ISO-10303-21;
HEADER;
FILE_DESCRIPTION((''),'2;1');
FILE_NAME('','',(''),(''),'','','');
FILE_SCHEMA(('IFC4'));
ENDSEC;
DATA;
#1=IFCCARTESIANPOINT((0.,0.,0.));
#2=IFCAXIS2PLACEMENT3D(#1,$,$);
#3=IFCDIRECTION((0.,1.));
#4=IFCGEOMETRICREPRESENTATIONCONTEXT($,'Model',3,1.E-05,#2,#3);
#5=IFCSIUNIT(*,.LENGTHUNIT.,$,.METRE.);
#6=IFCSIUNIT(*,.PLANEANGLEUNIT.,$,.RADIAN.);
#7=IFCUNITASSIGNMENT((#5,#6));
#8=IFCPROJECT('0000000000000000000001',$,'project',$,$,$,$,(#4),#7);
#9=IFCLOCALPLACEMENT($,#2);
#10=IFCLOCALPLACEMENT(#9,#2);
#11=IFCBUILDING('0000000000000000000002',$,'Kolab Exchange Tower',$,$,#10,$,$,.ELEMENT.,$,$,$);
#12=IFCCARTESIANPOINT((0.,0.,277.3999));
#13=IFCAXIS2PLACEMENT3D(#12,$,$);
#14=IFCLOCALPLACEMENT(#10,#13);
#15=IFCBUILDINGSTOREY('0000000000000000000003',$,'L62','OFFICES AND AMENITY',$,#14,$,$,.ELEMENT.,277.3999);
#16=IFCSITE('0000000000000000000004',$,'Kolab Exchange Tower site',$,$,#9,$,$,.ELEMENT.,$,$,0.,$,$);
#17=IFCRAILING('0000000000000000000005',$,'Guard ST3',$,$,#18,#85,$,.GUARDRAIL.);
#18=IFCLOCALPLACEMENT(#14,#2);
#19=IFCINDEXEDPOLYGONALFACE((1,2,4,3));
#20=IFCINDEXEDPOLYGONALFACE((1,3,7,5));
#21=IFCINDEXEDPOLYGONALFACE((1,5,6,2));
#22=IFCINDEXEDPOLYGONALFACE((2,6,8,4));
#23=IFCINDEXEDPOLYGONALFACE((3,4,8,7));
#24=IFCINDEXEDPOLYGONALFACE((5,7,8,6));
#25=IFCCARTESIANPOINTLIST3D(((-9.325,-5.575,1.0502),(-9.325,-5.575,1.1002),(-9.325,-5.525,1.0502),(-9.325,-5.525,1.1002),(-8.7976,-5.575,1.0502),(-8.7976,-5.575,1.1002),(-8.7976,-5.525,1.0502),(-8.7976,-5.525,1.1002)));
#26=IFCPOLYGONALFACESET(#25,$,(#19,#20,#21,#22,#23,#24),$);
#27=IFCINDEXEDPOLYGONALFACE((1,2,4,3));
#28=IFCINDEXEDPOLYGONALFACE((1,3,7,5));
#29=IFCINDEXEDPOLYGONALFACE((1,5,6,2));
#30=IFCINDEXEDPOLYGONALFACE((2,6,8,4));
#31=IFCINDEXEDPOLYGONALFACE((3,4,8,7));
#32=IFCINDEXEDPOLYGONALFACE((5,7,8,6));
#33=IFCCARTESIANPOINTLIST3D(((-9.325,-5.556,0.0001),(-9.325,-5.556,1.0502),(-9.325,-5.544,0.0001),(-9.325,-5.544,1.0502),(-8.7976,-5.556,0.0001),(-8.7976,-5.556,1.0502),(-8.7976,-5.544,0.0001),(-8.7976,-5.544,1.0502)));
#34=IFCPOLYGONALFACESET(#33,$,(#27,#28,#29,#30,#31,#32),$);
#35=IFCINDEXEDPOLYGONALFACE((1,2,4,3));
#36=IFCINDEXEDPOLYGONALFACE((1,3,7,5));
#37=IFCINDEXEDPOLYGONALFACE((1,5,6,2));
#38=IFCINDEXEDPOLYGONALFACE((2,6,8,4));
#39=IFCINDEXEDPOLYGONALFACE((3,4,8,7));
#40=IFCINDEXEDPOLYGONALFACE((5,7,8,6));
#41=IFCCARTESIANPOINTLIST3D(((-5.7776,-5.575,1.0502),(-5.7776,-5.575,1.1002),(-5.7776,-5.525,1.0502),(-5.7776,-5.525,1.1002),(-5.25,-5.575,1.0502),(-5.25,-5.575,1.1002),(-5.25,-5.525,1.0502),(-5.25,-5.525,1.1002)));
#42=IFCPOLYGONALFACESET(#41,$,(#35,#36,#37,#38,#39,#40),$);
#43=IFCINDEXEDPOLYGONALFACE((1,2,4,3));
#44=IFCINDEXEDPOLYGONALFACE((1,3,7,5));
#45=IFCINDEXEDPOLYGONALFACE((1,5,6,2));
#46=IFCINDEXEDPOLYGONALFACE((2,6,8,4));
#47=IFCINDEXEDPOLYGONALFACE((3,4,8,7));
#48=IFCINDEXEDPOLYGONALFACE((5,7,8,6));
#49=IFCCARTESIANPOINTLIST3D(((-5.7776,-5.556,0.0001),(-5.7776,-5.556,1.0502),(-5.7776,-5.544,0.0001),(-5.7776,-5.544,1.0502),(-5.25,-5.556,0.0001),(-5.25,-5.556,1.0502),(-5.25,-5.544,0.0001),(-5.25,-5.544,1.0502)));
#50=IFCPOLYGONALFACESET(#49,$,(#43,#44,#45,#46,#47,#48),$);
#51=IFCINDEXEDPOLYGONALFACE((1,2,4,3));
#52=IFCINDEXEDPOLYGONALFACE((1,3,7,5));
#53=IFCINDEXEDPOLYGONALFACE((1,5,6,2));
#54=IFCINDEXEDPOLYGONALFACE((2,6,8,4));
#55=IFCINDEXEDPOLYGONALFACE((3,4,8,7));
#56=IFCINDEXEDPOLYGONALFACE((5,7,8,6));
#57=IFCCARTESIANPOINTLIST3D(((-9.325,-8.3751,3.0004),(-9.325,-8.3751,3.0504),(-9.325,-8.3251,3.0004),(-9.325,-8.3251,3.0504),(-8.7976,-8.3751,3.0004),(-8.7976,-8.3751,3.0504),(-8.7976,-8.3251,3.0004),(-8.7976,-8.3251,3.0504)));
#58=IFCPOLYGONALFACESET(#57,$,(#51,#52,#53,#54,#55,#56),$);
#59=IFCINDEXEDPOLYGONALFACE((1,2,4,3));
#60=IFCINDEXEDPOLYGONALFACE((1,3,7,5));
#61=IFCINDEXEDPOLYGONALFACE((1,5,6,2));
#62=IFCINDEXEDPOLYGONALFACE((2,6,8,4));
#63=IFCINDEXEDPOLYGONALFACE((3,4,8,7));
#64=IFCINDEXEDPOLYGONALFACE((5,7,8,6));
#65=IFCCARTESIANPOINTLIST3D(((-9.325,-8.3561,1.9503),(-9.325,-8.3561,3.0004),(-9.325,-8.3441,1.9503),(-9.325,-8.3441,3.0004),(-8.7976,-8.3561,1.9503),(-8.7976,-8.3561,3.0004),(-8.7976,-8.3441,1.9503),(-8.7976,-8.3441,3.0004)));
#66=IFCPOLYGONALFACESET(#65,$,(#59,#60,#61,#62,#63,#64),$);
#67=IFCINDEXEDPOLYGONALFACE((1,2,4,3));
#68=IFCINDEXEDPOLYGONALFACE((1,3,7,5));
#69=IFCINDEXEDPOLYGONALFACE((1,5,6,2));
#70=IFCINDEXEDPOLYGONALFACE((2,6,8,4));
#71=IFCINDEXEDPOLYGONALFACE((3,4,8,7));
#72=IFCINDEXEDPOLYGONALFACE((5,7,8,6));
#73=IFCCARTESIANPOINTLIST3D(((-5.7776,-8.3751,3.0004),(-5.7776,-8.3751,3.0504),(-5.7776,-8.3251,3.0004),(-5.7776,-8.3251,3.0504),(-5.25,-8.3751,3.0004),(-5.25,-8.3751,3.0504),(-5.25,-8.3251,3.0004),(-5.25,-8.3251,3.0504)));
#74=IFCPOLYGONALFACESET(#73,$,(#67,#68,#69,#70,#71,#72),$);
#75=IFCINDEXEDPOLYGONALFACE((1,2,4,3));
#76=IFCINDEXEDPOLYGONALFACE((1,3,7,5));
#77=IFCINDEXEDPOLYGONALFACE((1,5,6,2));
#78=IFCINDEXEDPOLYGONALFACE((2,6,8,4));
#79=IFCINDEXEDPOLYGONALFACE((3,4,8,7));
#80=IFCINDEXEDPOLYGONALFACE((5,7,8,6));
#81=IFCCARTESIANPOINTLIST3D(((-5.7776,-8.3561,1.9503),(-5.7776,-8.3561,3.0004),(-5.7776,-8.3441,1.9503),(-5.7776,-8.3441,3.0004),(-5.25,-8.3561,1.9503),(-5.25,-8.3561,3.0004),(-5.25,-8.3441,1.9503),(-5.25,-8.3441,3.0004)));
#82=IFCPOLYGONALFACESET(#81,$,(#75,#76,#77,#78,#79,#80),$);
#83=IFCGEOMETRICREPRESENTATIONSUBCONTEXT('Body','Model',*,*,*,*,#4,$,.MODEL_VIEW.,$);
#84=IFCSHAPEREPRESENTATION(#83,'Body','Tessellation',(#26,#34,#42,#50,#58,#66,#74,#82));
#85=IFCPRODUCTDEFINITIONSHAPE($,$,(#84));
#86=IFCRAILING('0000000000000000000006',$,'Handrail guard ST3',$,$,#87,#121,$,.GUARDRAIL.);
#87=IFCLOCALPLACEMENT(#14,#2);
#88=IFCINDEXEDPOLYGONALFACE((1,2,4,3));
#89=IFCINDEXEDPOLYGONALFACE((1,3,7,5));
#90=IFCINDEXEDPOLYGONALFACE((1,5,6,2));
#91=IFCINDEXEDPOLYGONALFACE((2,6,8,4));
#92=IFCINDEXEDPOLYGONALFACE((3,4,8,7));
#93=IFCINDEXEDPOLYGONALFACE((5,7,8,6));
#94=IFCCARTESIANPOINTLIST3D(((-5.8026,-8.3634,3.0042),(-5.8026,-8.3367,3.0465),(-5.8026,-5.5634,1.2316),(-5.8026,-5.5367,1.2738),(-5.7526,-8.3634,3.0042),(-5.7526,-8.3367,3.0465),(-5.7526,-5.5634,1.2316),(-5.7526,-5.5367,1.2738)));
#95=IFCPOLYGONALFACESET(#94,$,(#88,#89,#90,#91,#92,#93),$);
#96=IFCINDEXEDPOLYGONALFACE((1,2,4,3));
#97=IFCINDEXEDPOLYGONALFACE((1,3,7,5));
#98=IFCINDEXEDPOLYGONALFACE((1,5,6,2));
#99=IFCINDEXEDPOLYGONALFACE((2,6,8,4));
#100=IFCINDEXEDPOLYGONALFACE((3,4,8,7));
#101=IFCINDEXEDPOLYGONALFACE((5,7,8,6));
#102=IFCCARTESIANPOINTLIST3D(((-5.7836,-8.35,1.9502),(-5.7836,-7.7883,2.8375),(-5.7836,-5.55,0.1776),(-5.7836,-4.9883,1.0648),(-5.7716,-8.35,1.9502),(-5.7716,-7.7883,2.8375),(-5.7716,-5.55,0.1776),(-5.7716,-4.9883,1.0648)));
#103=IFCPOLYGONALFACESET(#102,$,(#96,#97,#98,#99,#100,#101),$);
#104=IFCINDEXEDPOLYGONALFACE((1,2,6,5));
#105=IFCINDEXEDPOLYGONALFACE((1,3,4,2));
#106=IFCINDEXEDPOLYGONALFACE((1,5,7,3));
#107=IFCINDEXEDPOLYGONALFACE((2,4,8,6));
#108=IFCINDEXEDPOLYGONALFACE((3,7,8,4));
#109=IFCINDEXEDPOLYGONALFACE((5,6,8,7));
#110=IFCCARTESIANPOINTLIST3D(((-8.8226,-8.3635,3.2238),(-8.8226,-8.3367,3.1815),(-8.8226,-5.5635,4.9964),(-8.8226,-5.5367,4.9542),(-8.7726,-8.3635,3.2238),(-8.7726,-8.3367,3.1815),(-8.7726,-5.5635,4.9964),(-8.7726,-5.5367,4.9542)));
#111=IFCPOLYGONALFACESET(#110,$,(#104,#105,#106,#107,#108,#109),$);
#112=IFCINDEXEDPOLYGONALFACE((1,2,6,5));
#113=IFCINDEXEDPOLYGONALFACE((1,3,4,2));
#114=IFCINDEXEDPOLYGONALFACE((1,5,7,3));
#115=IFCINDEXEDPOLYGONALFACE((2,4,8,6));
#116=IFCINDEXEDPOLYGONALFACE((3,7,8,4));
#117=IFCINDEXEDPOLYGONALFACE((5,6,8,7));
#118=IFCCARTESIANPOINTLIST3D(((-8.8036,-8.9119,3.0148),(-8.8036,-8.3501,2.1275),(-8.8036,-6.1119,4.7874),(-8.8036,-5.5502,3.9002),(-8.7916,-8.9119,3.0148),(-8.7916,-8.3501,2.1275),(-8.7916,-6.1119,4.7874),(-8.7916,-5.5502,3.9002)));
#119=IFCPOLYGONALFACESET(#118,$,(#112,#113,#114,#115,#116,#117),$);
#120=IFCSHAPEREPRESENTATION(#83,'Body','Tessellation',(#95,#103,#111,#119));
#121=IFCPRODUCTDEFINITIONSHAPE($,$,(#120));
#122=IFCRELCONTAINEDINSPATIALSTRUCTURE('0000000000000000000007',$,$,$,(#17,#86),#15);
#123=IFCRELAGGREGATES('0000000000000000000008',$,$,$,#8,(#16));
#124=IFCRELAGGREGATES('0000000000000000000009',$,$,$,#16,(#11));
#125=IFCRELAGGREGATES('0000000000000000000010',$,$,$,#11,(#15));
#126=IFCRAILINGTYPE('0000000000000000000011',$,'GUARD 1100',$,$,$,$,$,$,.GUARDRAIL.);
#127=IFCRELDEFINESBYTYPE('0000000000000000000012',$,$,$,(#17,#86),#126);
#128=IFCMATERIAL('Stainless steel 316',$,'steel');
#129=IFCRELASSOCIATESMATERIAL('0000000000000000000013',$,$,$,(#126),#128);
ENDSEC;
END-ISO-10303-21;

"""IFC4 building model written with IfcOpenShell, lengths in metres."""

from ifc_helpers import new_model, si_unit, direction, frame, frame_2d, origin, origin_2d, place, context, subcontext, project, spatial, rectangle, extrude, material, type_object, element, save


model = new_model("IFC4")

# Units and contexts
model_context = context("Model", 3, precision=1e-05, world=origin(), true_north=direction((0.0, 1.0)))
body_context = subcontext(model_context, "Body", "Model", "MODEL_VIEW")
ifc_project = project(units=[si_unit("LENGTHUNIT", "METRE"), si_unit("PLANEANGLEUNIT", "RADIAN")], contexts=[model_context])

# Site, building, storey
site_placement = place(None, origin())
site = spatial("IfcSite", under=ifc_project, at=site_placement, Name="Kolab Exchange Tower site", CompositionType="ELEMENT", RefElevation=0.0)
building_placement = place(site_placement, origin())
building = spatial("IfcBuilding", under=site, at=building_placement, Name="Kolab Exchange Tower", CompositionType="ELEMENT")
storey_placement = place(building_placement, frame((0.0, 0.0, 277.3999)))
storey = spatial("IfcBuildingStorey", under=building, at=storey_placement, Name="L62", Description="OFFICES AND AMENITY", CompositionType="ELEMENT", Elevation=277.3999)

# Shared definitions
ifc_material_1 = material(Name="Stainless steel 316", Category="steel")

# Railings
railing_type = type_object("IfcRailingType", Name="GUARD 1100", PredefinedType="GUARDRAIL", material=ifc_material_1)
railing_1_placement = place(storey_placement, frame((-9.325, -5.55, 0.0)))
element("IfcRailing", 1, at=railing_1_placement, inside=storey, type_object=railing_type, Name="Guard ST3", PredefinedType="GUARDRAIL", context=body_context, shape_type="SweptSolid", body=[
    extrude(rectangle(XDim=0.05, YDim=0.05, at=origin_2d()), frame((0.0, 0.0, 1.0752), z_axis=(1.0, 0.0, 0.0), x_axis=(0.0, 1.0, 0.0)), (0.0, 0.0, 1.0), 0.5273),
    extrude(rectangle(XDim=0.012, YDim=1.0501, at=frame_2d((0.0, 0.5251))), frame((0.0, 0.0, 0.0), z_axis=(1.0, 0.0, 0.0), x_axis=(0.0, 1.0, 0.0)), (0.0, 0.0, 1.0), 0.5273),
    extrude(rectangle(XDim=0.05, YDim=0.05, at=origin_2d()), frame((3.5474, 0.0, 1.0752), z_axis=(1.0, 0.0, 0.0), x_axis=(0.0, 1.0, 0.0)), (0.0, 0.0, 1.0), 0.5276),
    extrude(rectangle(XDim=0.012, YDim=1.0501, at=frame_2d((0.0, 0.5251))), frame((3.5474, 0.0, 0.0), z_axis=(1.0, 0.0, 0.0), x_axis=(0.0, 1.0, 0.0)), (0.0, 0.0, 1.0), 0.5276),
    extrude(rectangle(XDim=0.05, YDim=0.05, at=origin_2d()), frame((0.0, -2.8, 3.0254), z_axis=(1.0, 0.0, 0.0), x_axis=(0.0, 1.0, 0.0)), (0.0, 0.0, 1.0), 0.5273),
    extrude(rectangle(XDim=0.012, YDim=1.0501, at=frame_2d((0.0, 0.5251))), frame((0.0, -2.8, 1.9502), z_axis=(1.0, 0.0, 0.0), x_axis=(0.0, 1.0, 0.0)), (0.0, 0.0, 1.0), 0.5273),
    extrude(rectangle(XDim=0.05, YDim=0.05, at=origin_2d()), frame((3.5474, -2.8, 3.0254), z_axis=(1.0, 0.0, 0.0), x_axis=(0.0, 1.0, 0.0)), (0.0, 0.0, 1.0), 0.5276),
    extrude(rectangle(XDim=0.012, YDim=1.0501, at=frame_2d((0.0, 0.5251))), frame((3.5474, -2.8, 1.9502), z_axis=(1.0, 0.0, 0.0), x_axis=(0.0, 1.0, 0.0)), (0.0, 0.0, 1.0), 0.5276),
])
railing_2_placement = place(storey_placement, frame((-5.7776, -5.55, 0.1775)))
element("IfcRailing", 2, at=railing_2_placement, inside=storey, type_object=railing_type, Name="Handrail guard ST3", PredefinedType="GUARDRAIL", context=body_context, shape_type="SweptSolid", body=[
    extrude(rectangle(XDim=0.05, YDim=0.05, at=origin_2d()), frame((0.0, 0.0, 1.0752), z_axis=(0.0, -0.844909, 0.53491), x_axis=(1.0, 0.0, 0.0)), (0.0, 0.0, 1.0), 3.314),
    extrude(rectangle(XDim=0.012, YDim=1.0501, at=frame_2d((0.0, 0.5251))), frame((0.0, 0.0, 0.0), z_axis=(0.0, -0.844909, 0.53491), x_axis=(1.0, 0.0, 0.0)), (0.0, 0.0, 1.0), 3.314),
    extrude(rectangle(XDim=0.05, YDim=0.05, at=origin_2d()), frame((-3.02, -2.8, 3.0251), z_axis=(0.0, 0.844909, 0.53491), x_axis=(-1.0, 0.0, 0.0)), (0.0, 0.0, 1.0), 3.314),
    extrude(rectangle(XDim=0.012, YDim=1.0501, at=frame_2d((0.0, 0.5251))), frame((-3.02, -2.8, 1.95), z_axis=(0.0, 0.844909, 0.53491), x_axis=(-1.0, 0.0, 0.0)), (0.0, 0.0, 1.0), 3.314),
])

save(model, "model.ifc")
